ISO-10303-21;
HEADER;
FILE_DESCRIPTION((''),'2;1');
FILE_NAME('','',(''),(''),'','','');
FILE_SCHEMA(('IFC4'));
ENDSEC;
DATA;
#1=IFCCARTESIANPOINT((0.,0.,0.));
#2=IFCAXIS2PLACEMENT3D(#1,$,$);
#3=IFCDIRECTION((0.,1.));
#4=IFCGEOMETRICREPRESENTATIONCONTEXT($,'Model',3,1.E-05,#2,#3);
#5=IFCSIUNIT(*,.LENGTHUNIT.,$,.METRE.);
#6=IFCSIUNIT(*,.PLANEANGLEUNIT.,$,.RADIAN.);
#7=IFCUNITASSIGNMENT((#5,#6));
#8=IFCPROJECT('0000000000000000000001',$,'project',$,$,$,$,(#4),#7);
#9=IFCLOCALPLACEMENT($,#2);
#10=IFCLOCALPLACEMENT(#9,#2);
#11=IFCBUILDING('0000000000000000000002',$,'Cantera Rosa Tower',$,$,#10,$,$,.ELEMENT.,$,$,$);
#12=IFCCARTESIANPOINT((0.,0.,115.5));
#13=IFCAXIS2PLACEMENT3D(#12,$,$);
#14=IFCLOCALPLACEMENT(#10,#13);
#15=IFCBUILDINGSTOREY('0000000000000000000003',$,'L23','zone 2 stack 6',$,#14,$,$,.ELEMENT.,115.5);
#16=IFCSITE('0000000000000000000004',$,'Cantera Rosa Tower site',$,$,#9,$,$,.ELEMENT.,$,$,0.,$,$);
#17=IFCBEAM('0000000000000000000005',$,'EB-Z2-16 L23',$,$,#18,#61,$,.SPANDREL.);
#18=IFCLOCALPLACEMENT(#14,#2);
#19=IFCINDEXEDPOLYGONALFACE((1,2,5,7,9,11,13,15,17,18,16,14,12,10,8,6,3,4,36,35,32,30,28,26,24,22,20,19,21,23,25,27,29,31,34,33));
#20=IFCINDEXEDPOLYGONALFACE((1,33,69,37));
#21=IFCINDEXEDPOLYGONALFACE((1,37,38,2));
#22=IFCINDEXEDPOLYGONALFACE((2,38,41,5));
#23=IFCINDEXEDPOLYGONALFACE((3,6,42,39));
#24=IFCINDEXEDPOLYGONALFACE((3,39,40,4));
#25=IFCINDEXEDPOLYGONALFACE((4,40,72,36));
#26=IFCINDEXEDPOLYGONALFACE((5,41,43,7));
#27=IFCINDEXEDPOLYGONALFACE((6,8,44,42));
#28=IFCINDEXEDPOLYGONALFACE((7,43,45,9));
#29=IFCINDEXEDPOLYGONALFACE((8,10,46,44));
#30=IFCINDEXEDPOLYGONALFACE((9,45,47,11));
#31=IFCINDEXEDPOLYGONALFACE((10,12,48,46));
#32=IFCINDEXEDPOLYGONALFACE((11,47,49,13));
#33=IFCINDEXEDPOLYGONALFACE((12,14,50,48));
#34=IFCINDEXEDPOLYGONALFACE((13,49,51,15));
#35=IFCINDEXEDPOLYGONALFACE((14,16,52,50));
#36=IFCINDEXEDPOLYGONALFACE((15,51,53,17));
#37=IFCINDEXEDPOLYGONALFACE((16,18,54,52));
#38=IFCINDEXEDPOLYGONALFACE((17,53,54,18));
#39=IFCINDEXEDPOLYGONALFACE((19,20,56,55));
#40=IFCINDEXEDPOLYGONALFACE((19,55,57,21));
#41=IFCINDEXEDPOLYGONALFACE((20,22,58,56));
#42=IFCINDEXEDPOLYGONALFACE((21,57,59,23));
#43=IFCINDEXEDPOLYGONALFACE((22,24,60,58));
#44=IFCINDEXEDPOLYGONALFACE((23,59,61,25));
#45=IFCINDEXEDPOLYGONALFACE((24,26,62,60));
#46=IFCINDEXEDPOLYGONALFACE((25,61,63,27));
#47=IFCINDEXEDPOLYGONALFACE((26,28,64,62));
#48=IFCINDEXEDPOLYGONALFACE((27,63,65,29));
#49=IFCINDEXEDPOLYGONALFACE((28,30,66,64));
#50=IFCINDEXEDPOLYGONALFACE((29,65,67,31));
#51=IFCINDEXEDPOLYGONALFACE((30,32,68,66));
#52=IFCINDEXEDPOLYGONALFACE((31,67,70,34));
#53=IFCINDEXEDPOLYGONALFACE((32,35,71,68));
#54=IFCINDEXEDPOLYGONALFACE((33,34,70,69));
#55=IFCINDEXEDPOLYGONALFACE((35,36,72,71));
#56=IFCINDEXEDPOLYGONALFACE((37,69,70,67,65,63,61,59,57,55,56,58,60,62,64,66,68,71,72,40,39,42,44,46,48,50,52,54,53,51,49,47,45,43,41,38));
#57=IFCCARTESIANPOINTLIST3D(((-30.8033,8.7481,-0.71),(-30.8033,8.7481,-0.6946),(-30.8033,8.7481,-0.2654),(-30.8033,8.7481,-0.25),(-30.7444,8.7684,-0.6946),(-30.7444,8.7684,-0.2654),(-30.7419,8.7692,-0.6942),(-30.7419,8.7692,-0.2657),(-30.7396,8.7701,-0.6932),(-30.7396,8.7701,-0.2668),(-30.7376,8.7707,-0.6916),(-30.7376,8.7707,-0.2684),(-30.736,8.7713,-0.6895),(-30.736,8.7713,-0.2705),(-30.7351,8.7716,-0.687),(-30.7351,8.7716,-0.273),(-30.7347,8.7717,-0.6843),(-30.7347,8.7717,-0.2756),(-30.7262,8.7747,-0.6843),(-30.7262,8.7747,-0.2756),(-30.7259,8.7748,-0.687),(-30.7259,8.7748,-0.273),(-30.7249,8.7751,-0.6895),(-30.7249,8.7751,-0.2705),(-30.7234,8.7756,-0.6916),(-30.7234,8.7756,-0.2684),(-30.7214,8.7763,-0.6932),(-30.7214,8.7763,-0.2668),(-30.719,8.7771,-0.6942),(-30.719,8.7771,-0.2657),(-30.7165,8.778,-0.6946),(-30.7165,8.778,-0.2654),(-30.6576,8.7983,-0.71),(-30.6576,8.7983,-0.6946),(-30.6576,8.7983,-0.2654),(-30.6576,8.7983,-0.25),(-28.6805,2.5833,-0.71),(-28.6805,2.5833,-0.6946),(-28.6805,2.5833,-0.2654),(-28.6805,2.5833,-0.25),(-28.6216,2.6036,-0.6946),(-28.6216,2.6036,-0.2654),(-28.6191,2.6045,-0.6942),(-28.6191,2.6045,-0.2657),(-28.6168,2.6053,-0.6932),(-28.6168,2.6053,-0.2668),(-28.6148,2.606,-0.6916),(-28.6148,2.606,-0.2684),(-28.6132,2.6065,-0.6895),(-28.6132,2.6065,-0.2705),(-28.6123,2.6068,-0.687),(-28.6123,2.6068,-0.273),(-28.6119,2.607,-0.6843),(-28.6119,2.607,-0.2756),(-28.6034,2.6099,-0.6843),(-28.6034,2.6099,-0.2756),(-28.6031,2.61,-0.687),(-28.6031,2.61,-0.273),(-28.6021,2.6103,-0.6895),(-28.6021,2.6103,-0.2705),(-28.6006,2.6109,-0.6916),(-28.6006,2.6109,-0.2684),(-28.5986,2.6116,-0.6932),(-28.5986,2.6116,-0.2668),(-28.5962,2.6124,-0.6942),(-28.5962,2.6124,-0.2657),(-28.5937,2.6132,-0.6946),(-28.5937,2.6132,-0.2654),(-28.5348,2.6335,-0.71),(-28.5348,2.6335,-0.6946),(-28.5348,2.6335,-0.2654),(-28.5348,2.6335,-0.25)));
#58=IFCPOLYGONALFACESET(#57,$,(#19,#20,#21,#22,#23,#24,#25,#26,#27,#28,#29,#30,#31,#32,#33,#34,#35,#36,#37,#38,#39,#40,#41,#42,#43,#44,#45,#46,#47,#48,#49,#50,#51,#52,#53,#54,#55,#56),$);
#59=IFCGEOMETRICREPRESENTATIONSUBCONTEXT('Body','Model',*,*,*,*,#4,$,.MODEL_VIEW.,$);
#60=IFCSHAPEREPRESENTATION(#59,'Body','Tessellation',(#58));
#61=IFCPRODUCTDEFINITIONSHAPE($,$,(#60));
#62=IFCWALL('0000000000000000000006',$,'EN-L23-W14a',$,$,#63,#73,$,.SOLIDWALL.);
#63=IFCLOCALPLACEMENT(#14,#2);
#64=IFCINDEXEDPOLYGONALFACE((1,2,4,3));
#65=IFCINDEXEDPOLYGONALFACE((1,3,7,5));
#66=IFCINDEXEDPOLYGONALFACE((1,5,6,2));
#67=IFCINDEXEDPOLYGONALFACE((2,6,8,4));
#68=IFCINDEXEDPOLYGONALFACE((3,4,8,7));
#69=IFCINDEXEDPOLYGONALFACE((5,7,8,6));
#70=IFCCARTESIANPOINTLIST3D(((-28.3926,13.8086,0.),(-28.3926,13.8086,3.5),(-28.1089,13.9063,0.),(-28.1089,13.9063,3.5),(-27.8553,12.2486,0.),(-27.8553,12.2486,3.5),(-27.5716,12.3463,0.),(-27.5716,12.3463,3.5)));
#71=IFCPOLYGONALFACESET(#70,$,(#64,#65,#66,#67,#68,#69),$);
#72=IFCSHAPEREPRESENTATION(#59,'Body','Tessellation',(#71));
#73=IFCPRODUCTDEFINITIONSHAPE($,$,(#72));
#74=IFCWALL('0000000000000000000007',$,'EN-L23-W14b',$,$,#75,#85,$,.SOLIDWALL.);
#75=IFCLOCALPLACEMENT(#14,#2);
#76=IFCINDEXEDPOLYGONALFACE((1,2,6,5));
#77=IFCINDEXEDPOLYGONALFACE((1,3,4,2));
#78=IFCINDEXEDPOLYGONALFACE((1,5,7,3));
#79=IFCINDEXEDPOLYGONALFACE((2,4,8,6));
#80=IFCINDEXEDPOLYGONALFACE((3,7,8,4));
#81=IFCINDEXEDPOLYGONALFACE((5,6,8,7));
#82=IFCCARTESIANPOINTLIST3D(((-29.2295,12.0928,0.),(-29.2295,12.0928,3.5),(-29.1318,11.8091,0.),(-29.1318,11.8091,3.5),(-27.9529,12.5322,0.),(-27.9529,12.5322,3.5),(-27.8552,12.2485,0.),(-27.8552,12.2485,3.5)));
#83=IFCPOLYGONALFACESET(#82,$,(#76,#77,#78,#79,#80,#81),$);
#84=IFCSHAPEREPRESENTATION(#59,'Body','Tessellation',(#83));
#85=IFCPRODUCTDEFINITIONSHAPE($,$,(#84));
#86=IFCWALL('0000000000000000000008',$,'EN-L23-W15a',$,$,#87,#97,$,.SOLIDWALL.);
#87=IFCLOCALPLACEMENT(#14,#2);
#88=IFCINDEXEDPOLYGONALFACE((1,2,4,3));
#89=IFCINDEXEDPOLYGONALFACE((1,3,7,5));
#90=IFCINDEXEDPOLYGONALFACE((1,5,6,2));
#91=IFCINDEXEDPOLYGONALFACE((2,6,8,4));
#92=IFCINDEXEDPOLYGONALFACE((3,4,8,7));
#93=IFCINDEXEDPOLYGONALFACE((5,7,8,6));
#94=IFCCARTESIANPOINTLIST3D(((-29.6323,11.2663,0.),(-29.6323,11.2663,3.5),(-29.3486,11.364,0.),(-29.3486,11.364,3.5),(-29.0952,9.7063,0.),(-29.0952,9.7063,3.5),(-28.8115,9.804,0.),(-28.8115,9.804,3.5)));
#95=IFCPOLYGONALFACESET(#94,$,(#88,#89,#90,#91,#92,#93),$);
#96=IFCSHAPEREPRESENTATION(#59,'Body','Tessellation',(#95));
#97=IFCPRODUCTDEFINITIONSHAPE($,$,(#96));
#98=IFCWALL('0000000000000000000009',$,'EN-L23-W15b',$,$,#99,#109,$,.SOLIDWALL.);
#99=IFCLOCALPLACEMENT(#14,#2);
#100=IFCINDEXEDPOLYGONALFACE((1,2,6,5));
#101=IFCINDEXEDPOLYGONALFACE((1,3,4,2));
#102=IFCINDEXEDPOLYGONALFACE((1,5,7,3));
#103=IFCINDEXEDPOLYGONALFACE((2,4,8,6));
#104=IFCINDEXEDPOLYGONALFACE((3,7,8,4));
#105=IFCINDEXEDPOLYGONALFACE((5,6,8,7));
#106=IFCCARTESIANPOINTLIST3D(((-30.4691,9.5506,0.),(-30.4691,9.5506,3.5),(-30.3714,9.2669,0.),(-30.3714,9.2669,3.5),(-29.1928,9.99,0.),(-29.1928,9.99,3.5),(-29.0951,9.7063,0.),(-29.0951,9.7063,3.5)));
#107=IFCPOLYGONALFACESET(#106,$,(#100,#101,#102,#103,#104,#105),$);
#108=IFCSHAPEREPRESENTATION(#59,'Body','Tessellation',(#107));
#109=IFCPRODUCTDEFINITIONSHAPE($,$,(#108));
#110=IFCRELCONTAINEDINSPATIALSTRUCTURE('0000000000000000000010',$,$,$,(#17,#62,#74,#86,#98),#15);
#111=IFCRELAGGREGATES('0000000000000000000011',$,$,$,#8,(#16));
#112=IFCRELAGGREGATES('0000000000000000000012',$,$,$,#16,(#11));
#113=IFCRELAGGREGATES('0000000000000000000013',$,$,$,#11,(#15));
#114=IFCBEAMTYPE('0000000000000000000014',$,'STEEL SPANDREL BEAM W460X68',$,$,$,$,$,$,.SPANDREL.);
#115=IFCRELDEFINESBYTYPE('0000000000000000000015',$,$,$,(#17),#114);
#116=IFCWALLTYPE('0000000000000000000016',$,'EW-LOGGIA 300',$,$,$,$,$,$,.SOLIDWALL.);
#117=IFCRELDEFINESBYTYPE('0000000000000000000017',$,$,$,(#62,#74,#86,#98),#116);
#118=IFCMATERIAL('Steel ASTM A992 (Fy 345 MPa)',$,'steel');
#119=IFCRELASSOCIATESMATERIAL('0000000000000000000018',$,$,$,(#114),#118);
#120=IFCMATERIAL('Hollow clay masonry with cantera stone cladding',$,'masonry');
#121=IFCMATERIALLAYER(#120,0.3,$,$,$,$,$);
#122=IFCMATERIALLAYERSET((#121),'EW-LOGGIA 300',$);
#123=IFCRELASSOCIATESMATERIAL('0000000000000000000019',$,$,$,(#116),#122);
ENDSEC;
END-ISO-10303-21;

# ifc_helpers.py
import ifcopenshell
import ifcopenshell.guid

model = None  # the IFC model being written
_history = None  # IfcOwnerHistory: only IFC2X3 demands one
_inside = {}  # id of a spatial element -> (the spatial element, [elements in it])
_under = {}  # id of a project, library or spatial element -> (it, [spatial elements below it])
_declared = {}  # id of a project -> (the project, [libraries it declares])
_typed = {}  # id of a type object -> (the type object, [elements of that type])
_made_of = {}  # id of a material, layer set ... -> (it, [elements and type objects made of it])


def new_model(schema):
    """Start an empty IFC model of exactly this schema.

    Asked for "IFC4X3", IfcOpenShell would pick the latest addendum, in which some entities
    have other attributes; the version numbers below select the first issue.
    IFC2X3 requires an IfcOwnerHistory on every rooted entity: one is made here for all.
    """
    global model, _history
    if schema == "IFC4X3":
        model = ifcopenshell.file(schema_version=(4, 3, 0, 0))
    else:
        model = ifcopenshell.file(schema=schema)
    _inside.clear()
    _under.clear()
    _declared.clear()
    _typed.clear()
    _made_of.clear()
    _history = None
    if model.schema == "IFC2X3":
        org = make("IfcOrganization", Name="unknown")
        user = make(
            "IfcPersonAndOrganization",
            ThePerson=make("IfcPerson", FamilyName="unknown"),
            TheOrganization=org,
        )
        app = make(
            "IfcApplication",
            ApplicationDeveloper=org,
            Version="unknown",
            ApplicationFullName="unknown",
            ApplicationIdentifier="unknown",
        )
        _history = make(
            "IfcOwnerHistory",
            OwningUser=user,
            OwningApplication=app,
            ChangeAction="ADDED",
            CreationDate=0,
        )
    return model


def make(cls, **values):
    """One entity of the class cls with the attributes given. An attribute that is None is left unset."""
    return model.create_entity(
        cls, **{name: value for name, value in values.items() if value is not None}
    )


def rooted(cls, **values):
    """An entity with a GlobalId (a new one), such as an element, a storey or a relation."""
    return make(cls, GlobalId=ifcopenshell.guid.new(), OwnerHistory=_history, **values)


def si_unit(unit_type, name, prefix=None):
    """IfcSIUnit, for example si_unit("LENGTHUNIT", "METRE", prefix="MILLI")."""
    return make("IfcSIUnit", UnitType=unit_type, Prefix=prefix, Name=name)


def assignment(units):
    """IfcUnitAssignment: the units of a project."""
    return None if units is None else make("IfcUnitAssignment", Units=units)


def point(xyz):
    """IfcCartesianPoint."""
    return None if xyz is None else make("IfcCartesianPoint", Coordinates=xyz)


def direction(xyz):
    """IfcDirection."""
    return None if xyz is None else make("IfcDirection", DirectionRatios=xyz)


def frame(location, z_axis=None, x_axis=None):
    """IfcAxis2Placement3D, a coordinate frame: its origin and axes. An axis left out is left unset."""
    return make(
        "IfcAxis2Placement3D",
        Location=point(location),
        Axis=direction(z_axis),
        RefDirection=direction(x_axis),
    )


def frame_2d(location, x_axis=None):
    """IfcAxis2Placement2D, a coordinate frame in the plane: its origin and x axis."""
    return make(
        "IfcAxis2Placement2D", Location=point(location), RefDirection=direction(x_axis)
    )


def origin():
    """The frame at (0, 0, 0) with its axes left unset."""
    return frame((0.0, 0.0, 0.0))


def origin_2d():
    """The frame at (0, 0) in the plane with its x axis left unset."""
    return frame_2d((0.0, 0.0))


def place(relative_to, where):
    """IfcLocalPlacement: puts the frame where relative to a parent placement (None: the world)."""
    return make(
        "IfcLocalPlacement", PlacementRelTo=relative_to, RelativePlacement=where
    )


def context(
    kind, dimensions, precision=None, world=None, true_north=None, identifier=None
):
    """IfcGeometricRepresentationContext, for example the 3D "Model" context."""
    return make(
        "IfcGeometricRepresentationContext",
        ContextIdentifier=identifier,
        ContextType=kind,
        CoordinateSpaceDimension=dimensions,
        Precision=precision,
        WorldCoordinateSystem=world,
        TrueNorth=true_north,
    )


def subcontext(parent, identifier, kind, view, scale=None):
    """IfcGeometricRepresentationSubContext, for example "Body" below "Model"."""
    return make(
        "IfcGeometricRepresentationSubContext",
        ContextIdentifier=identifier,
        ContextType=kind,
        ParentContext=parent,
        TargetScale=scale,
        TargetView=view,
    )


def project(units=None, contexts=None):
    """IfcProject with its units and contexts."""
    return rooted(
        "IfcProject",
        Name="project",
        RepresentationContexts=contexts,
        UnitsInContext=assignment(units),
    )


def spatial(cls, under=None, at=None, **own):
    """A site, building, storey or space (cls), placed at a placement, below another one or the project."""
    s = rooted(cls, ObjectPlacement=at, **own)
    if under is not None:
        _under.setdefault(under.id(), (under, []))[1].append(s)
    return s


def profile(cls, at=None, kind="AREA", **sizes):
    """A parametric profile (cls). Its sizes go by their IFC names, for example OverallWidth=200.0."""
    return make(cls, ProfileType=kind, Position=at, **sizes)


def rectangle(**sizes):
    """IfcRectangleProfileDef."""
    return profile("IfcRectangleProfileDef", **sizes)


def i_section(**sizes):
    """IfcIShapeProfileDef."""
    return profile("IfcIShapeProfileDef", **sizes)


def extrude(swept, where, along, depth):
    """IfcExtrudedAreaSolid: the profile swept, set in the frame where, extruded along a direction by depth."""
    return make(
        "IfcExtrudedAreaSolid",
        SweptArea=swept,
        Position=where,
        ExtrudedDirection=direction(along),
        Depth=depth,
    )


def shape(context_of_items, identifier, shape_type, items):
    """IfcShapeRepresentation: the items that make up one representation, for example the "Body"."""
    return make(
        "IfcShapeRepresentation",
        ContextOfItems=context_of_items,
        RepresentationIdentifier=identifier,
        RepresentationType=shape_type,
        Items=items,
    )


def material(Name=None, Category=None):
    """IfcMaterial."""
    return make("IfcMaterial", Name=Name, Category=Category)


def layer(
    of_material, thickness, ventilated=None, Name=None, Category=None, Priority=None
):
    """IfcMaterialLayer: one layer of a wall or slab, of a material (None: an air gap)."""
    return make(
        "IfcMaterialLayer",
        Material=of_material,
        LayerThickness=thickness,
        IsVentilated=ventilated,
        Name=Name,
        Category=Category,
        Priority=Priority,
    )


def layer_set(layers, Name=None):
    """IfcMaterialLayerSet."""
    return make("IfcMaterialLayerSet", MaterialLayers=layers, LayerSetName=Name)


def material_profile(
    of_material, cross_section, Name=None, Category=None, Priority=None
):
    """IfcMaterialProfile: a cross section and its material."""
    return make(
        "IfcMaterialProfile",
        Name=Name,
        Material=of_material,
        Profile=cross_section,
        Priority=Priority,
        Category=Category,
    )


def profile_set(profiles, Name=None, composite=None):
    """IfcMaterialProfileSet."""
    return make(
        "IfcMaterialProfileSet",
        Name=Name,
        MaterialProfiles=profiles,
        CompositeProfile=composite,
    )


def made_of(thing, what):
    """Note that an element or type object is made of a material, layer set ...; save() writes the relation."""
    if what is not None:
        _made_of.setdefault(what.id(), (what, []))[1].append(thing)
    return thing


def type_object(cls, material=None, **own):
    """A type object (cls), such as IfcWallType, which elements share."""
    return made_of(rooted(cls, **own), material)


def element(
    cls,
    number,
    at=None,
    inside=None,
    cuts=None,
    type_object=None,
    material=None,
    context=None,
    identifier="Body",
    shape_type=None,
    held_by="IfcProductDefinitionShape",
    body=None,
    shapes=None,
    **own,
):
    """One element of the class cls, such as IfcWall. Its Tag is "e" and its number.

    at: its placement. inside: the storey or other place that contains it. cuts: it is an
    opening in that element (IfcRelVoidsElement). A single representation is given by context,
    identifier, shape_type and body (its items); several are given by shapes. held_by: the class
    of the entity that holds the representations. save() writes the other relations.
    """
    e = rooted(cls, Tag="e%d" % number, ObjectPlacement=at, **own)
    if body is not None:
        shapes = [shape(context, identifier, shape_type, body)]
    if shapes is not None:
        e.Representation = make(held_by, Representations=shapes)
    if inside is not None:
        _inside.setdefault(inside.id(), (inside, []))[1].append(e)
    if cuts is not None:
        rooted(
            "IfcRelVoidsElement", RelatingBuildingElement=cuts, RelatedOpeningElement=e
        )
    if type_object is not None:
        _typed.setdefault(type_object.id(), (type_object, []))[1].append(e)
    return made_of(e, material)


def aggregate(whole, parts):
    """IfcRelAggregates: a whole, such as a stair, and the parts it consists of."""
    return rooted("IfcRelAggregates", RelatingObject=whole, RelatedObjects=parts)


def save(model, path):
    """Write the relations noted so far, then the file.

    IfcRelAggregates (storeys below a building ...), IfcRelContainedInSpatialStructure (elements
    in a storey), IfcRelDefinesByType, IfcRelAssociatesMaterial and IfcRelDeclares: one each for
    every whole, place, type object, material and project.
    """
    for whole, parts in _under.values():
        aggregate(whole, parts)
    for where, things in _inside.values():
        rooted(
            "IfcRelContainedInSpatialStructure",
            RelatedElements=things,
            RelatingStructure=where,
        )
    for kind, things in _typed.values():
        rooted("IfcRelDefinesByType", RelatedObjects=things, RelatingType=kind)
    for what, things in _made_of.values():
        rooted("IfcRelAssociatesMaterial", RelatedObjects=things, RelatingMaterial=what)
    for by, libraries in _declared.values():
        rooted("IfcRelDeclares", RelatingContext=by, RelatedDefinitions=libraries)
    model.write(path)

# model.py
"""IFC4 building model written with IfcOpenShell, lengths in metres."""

from ifc_helpers import new_model, si_unit, direction, frame, frame_2d, origin, origin_2d, place, context, subcontext, project, spatial, rectangle, i_section, extrude, material, layer, layer_set, material_profile, profile_set, type_object, element, save


model = new_model("IFC4")

# Units and contexts
model_context = context("Model", 3, precision=1e-05, world=origin(), true_north=direction((0.0, 1.0)))
body_context = subcontext(model_context, "Body", "Model", "MODEL_VIEW")
ifc_project = project(units=[si_unit("LENGTHUNIT", "METRE"), si_unit("PLANEANGLEUNIT", "RADIAN")], contexts=[model_context])

# Site, building, storey
site_placement = place(None, origin())
site = spatial("IfcSite", under=ifc_project, at=site_placement, Name="Cantera Rosa Tower site", CompositionType="ELEMENT", RefElevation=0.0)
building_placement = place(site_placement, origin())
building = spatial("IfcBuilding", under=site, at=building_placement, Name="Cantera Rosa Tower", CompositionType="ELEMENT")
storey_placement = place(building_placement, frame((0.0, 0.0, 115.5)))
storey = spatial("IfcBuildingStorey", under=building, at=storey_placement, Name="L23", Description="zone 2 stack 6", CompositionType="ELEMENT", Elevation=115.5)

# Beam
ifc_material_1 = material(Name="Steel ASTM A992 (Fy 345 MPa)", Category="steel")
ifc_material_profile_1 = material_profile(ifc_material_1, i_section(OverallWidth=0.1541, OverallDepth=0.46, WebThickness=0.009, FlangeThickness=0.0154, FilletRadius=0.0103, at=origin_2d()), Name="W460X68")
ifc_profile_set_1 = profile_set([ifc_material_profile_1], Name="Steel ASTM A992 (Fy 345 MPa)")
beam_type_1 = type_object("IfcBeamType", Name="STEEL SPANDREL BEAM W460X68", PredefinedType="SPANDREL", material=ifc_profile_set_1)
beam_1_placement = place(storey_placement, frame((-30.7305, 8.7732, -0.48), z_axis=(0.325581, -0.945514, 0.0), x_axis=(0.945514, 0.325581, 0.0)))
element("IfcBeam", 1, at=beam_1_placement, inside=storey, type_object=beam_type_1, Name="EB-Z2-16 L23", PredefinedType="SPANDREL", context=body_context, shape_type="SweptSolid", body=[
    extrude(i_section(OverallWidth=0.1541, OverallDepth=0.46, WebThickness=0.009, FlangeThickness=0.0154, FilletRadius=0.0103, at=origin_2d()), origin(), (0.0, 0.0, 1.0), 6.52),
])

# Walls
ifc_material_2 = material(Name="Hollow clay masonry with cantera stone cladding", Category="masonry")
ifc_layer_1 = layer(ifc_material_2, 0.3)
ifc_layer_set_1 = layer_set([ifc_layer_1], Name="EW-LOGGIA 300")
wall_type_1 = type_object("IfcWallType", Name="EW-LOGGIA 300", PredefinedType="SOLIDWALL", material=ifc_layer_set_1)
wall_1_placement = place(storey_placement, frame((-28.2507, 13.8574, 0.0), z_axis=(0.0, 0.0, 1.0), x_axis=(0.325667, -0.945485, 0.0)))
element("IfcWall", 2, at=wall_1_placement, inside=storey, type_object=wall_type_1, Name="EN-L23-W14a", PredefinedType="SOLIDWALL", context=body_context, shape_type="SweptSolid", body=[
    extrude(rectangle(XDim=1.6499, YDim=0.3, at=frame_2d((0.825, 0.0))), origin(), (0.0, 0.0, 1.0), 3.5),
])
wall_2_placement = place(storey_placement, frame((-27.9041, 12.3904, 0.0), z_axis=(0.0, 0.0, 1.0), x_axis=(-0.945546, -0.325489, 0.0)))
element("IfcWall", 3, at=wall_2_placement, inside=storey, type_object=wall_type_1, Name="EN-L23-W14b", PredefinedType="SOLIDWALL", context=body_context, shape_type="SweptSolid", body=[
    extrude(rectangle(XDim=1.3501, YDim=0.3, at=frame_2d((0.675, 0.0))), origin(), (0.0, 0.0, 1.0), 3.5),
])
wall_3_placement = place(storey_placement, frame((-29.4905, 11.3152, 0.0), z_axis=(0.0, 0.0, 1.0), x_axis=(0.325535, -0.94553, 0.0)))
element("IfcWall", 4, at=wall_3_placement, inside=storey, type_object=wall_type_1, Name="EN-L23-W15a", PredefinedType="SOLIDWALL", context=body_context, shape_type="SweptSolid", body=[
    extrude(rectangle(XDim=1.6499, YDim=0.3, at=frame_2d((0.825, 0.0))), origin(), (0.0, 0.0, 1.0), 3.5),
])
wall_4_placement = place(storey_placement, frame((-29.144, 9.8481, 0.0), z_axis=(0.0, 0.0, 1.0), x_axis=(-0.945527, -0.325545, 0.0)))
element("IfcWall", 5, at=wall_4_placement, inside=storey, type_object=wall_type_1, Name="EN-L23-W15b", PredefinedType="SOLIDWALL", context=body_context, shape_type="SweptSolid", body=[
    extrude(rectangle(XDim=1.3499, YDim=0.3, at=frame_2d((0.6748, 0.0))), origin(), (0.0, 0.0, 1.0), 3.5),
])

save(model, "model.ifc")
